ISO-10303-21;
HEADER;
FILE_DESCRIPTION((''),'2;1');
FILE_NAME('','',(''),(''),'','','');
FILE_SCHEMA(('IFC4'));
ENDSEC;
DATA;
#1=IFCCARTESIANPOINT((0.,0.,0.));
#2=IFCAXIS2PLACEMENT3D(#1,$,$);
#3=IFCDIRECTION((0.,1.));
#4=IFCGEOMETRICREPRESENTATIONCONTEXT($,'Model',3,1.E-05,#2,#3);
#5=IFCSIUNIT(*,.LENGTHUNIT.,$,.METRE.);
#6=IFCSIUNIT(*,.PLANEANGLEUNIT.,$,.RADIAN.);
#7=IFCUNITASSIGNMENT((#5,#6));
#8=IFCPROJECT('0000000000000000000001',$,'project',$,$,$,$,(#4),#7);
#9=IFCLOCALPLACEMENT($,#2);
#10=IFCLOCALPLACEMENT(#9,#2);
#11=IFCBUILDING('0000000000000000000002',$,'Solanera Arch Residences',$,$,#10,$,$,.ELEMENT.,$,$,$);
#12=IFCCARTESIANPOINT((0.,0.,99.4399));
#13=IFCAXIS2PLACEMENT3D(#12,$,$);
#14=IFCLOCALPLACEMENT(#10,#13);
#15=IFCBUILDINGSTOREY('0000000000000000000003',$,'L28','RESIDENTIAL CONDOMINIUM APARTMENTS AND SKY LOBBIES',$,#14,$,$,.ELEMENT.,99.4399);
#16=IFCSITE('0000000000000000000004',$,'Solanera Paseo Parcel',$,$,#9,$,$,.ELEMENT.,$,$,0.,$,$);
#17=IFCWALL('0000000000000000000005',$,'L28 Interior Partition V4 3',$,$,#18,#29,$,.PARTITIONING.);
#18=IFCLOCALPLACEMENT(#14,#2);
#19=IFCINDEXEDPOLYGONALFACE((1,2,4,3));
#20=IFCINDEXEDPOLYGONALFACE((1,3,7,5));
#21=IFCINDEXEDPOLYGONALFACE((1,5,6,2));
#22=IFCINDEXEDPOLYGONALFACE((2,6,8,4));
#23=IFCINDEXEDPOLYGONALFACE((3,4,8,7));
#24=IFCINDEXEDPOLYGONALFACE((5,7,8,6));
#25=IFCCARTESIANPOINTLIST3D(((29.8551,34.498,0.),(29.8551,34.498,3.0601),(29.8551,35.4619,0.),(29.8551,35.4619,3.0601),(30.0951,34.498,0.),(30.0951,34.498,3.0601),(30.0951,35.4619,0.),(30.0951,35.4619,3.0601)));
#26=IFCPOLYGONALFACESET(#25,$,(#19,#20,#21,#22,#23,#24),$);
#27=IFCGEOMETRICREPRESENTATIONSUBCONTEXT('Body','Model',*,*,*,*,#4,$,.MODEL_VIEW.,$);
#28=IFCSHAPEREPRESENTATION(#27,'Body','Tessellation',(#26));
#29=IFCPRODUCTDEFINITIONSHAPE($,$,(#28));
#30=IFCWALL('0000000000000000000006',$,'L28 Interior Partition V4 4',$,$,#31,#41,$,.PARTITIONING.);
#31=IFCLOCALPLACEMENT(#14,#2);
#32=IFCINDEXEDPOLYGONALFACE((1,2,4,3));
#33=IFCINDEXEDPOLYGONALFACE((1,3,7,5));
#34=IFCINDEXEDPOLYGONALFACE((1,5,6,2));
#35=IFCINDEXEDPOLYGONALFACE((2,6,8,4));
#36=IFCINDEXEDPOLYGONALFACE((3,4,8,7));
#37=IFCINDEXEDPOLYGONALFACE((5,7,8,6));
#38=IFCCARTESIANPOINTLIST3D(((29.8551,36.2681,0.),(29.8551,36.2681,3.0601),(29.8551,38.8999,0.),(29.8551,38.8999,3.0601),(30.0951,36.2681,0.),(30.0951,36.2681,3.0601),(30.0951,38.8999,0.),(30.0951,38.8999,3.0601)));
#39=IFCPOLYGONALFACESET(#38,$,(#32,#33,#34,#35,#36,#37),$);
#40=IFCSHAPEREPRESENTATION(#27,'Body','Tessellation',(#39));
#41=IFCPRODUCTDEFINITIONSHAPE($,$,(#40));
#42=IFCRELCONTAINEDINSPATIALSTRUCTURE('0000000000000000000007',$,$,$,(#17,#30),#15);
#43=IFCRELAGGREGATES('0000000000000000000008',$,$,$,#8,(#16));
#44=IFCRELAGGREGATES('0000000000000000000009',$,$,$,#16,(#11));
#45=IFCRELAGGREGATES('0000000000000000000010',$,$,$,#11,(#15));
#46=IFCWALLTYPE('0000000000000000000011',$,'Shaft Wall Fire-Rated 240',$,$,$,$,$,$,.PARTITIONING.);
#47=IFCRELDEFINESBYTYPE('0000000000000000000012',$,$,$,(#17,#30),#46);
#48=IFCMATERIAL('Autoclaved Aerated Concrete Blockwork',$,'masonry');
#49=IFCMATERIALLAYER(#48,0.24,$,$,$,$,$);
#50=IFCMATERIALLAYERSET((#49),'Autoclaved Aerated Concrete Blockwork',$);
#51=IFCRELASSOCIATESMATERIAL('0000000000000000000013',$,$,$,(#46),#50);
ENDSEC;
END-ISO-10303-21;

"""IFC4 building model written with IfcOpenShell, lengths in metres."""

from ifc_helpers import new_model, si_unit, direction, frame, frame_2d, origin, place, context, subcontext, project, spatial, rectangle, extrude, material, layer, layer_set, type_object, element, save


model = new_model("IFC4")

# Units and contexts
model_context = context("Model", 3, precision=1e-05, world=origin(), true_north=direction((0.0, 1.0)))
body_context = subcontext(model_context, "Body", "Model", "MODEL_VIEW")
ifc_project = project(units=[si_unit("LENGTHUNIT", "METRE"), si_unit("PLANEANGLEUNIT", "RADIAN")], contexts=[model_context])

# Site, building, storey
site_placement = place(None, origin())
site = spatial("IfcSite", under=ifc_project, at=site_placement, Name="Solanera Paseo Parcel", CompositionType="ELEMENT", RefElevation=0.0)
building_placement = place(site_placement, origin())
building = spatial("IfcBuilding", under=site, at=building_placement, Name="Solanera Arch Residences", CompositionType="ELEMENT")
storey_placement = place(building_placement, frame((0.0, 0.0, 99.4399)))
storey = spatial("IfcBuildingStorey", under=building, at=storey_placement, Name="L28", Description="RESIDENTIAL CONDOMINIUM APARTMENTS AND SKY LOBBIES", CompositionType="ELEMENT", Elevation=99.4399)

# Shared definitions
ifc_material_1 = material(Name="Autoclaved Aerated Concrete Blockwork", Category="masonry")
ifc_layer_1 = layer(ifc_material_1, 0.24)
ifc_layer_set_1 = layer_set([ifc_layer_1], Name="Autoclaved Aerated Concrete Blockwork")
wall_type_1 = type_object("IfcWallType", Name="Shaft Wall Fire-Rated 240", PredefinedType="PARTITIONING", material=ifc_layer_set_1)

# Walls
wall_1_placement = place(storey_placement, frame((29.9751, 34.498, 0.0), z_axis=(0.0, 0.0, 1.0), x_axis=(0.0, 1.0, 0.0)))
element("IfcWall", 1, at=wall_1_placement, inside=storey, type_object=wall_type_1, Name="L28 Interior Partition V4 3", PredefinedType="PARTITIONING", context=body_context, shape_type="SweptSolid", body=[
    extrude(rectangle(XDim=0.9639, YDim=0.24, at=frame_2d((0.4819, 0.0))), origin(), (0.0, 0.0, 1.0), 3.0601),
])
wall_2_placement = place(storey_placement, frame((29.9751, 36.2681, 0.0), z_axis=(0.0, 0.0, 1.0), x_axis=(0.0, 1.0, 0.0)))
element("IfcWall", 2, at=wall_2_placement, inside=storey, type_object=wall_type_1, Name="L28 Interior Partition V4 4", PredefinedType="PARTITIONING", context=body_context, shape_type="SweptSolid", body=[
    extrude(rectangle(XDim=2.6318, YDim=0.24, at=frame_2d((1.3159, 0.0))), origin(), (0.0, 0.0, 1.0), 3.0601),
])

save(model, "model.ifc")
